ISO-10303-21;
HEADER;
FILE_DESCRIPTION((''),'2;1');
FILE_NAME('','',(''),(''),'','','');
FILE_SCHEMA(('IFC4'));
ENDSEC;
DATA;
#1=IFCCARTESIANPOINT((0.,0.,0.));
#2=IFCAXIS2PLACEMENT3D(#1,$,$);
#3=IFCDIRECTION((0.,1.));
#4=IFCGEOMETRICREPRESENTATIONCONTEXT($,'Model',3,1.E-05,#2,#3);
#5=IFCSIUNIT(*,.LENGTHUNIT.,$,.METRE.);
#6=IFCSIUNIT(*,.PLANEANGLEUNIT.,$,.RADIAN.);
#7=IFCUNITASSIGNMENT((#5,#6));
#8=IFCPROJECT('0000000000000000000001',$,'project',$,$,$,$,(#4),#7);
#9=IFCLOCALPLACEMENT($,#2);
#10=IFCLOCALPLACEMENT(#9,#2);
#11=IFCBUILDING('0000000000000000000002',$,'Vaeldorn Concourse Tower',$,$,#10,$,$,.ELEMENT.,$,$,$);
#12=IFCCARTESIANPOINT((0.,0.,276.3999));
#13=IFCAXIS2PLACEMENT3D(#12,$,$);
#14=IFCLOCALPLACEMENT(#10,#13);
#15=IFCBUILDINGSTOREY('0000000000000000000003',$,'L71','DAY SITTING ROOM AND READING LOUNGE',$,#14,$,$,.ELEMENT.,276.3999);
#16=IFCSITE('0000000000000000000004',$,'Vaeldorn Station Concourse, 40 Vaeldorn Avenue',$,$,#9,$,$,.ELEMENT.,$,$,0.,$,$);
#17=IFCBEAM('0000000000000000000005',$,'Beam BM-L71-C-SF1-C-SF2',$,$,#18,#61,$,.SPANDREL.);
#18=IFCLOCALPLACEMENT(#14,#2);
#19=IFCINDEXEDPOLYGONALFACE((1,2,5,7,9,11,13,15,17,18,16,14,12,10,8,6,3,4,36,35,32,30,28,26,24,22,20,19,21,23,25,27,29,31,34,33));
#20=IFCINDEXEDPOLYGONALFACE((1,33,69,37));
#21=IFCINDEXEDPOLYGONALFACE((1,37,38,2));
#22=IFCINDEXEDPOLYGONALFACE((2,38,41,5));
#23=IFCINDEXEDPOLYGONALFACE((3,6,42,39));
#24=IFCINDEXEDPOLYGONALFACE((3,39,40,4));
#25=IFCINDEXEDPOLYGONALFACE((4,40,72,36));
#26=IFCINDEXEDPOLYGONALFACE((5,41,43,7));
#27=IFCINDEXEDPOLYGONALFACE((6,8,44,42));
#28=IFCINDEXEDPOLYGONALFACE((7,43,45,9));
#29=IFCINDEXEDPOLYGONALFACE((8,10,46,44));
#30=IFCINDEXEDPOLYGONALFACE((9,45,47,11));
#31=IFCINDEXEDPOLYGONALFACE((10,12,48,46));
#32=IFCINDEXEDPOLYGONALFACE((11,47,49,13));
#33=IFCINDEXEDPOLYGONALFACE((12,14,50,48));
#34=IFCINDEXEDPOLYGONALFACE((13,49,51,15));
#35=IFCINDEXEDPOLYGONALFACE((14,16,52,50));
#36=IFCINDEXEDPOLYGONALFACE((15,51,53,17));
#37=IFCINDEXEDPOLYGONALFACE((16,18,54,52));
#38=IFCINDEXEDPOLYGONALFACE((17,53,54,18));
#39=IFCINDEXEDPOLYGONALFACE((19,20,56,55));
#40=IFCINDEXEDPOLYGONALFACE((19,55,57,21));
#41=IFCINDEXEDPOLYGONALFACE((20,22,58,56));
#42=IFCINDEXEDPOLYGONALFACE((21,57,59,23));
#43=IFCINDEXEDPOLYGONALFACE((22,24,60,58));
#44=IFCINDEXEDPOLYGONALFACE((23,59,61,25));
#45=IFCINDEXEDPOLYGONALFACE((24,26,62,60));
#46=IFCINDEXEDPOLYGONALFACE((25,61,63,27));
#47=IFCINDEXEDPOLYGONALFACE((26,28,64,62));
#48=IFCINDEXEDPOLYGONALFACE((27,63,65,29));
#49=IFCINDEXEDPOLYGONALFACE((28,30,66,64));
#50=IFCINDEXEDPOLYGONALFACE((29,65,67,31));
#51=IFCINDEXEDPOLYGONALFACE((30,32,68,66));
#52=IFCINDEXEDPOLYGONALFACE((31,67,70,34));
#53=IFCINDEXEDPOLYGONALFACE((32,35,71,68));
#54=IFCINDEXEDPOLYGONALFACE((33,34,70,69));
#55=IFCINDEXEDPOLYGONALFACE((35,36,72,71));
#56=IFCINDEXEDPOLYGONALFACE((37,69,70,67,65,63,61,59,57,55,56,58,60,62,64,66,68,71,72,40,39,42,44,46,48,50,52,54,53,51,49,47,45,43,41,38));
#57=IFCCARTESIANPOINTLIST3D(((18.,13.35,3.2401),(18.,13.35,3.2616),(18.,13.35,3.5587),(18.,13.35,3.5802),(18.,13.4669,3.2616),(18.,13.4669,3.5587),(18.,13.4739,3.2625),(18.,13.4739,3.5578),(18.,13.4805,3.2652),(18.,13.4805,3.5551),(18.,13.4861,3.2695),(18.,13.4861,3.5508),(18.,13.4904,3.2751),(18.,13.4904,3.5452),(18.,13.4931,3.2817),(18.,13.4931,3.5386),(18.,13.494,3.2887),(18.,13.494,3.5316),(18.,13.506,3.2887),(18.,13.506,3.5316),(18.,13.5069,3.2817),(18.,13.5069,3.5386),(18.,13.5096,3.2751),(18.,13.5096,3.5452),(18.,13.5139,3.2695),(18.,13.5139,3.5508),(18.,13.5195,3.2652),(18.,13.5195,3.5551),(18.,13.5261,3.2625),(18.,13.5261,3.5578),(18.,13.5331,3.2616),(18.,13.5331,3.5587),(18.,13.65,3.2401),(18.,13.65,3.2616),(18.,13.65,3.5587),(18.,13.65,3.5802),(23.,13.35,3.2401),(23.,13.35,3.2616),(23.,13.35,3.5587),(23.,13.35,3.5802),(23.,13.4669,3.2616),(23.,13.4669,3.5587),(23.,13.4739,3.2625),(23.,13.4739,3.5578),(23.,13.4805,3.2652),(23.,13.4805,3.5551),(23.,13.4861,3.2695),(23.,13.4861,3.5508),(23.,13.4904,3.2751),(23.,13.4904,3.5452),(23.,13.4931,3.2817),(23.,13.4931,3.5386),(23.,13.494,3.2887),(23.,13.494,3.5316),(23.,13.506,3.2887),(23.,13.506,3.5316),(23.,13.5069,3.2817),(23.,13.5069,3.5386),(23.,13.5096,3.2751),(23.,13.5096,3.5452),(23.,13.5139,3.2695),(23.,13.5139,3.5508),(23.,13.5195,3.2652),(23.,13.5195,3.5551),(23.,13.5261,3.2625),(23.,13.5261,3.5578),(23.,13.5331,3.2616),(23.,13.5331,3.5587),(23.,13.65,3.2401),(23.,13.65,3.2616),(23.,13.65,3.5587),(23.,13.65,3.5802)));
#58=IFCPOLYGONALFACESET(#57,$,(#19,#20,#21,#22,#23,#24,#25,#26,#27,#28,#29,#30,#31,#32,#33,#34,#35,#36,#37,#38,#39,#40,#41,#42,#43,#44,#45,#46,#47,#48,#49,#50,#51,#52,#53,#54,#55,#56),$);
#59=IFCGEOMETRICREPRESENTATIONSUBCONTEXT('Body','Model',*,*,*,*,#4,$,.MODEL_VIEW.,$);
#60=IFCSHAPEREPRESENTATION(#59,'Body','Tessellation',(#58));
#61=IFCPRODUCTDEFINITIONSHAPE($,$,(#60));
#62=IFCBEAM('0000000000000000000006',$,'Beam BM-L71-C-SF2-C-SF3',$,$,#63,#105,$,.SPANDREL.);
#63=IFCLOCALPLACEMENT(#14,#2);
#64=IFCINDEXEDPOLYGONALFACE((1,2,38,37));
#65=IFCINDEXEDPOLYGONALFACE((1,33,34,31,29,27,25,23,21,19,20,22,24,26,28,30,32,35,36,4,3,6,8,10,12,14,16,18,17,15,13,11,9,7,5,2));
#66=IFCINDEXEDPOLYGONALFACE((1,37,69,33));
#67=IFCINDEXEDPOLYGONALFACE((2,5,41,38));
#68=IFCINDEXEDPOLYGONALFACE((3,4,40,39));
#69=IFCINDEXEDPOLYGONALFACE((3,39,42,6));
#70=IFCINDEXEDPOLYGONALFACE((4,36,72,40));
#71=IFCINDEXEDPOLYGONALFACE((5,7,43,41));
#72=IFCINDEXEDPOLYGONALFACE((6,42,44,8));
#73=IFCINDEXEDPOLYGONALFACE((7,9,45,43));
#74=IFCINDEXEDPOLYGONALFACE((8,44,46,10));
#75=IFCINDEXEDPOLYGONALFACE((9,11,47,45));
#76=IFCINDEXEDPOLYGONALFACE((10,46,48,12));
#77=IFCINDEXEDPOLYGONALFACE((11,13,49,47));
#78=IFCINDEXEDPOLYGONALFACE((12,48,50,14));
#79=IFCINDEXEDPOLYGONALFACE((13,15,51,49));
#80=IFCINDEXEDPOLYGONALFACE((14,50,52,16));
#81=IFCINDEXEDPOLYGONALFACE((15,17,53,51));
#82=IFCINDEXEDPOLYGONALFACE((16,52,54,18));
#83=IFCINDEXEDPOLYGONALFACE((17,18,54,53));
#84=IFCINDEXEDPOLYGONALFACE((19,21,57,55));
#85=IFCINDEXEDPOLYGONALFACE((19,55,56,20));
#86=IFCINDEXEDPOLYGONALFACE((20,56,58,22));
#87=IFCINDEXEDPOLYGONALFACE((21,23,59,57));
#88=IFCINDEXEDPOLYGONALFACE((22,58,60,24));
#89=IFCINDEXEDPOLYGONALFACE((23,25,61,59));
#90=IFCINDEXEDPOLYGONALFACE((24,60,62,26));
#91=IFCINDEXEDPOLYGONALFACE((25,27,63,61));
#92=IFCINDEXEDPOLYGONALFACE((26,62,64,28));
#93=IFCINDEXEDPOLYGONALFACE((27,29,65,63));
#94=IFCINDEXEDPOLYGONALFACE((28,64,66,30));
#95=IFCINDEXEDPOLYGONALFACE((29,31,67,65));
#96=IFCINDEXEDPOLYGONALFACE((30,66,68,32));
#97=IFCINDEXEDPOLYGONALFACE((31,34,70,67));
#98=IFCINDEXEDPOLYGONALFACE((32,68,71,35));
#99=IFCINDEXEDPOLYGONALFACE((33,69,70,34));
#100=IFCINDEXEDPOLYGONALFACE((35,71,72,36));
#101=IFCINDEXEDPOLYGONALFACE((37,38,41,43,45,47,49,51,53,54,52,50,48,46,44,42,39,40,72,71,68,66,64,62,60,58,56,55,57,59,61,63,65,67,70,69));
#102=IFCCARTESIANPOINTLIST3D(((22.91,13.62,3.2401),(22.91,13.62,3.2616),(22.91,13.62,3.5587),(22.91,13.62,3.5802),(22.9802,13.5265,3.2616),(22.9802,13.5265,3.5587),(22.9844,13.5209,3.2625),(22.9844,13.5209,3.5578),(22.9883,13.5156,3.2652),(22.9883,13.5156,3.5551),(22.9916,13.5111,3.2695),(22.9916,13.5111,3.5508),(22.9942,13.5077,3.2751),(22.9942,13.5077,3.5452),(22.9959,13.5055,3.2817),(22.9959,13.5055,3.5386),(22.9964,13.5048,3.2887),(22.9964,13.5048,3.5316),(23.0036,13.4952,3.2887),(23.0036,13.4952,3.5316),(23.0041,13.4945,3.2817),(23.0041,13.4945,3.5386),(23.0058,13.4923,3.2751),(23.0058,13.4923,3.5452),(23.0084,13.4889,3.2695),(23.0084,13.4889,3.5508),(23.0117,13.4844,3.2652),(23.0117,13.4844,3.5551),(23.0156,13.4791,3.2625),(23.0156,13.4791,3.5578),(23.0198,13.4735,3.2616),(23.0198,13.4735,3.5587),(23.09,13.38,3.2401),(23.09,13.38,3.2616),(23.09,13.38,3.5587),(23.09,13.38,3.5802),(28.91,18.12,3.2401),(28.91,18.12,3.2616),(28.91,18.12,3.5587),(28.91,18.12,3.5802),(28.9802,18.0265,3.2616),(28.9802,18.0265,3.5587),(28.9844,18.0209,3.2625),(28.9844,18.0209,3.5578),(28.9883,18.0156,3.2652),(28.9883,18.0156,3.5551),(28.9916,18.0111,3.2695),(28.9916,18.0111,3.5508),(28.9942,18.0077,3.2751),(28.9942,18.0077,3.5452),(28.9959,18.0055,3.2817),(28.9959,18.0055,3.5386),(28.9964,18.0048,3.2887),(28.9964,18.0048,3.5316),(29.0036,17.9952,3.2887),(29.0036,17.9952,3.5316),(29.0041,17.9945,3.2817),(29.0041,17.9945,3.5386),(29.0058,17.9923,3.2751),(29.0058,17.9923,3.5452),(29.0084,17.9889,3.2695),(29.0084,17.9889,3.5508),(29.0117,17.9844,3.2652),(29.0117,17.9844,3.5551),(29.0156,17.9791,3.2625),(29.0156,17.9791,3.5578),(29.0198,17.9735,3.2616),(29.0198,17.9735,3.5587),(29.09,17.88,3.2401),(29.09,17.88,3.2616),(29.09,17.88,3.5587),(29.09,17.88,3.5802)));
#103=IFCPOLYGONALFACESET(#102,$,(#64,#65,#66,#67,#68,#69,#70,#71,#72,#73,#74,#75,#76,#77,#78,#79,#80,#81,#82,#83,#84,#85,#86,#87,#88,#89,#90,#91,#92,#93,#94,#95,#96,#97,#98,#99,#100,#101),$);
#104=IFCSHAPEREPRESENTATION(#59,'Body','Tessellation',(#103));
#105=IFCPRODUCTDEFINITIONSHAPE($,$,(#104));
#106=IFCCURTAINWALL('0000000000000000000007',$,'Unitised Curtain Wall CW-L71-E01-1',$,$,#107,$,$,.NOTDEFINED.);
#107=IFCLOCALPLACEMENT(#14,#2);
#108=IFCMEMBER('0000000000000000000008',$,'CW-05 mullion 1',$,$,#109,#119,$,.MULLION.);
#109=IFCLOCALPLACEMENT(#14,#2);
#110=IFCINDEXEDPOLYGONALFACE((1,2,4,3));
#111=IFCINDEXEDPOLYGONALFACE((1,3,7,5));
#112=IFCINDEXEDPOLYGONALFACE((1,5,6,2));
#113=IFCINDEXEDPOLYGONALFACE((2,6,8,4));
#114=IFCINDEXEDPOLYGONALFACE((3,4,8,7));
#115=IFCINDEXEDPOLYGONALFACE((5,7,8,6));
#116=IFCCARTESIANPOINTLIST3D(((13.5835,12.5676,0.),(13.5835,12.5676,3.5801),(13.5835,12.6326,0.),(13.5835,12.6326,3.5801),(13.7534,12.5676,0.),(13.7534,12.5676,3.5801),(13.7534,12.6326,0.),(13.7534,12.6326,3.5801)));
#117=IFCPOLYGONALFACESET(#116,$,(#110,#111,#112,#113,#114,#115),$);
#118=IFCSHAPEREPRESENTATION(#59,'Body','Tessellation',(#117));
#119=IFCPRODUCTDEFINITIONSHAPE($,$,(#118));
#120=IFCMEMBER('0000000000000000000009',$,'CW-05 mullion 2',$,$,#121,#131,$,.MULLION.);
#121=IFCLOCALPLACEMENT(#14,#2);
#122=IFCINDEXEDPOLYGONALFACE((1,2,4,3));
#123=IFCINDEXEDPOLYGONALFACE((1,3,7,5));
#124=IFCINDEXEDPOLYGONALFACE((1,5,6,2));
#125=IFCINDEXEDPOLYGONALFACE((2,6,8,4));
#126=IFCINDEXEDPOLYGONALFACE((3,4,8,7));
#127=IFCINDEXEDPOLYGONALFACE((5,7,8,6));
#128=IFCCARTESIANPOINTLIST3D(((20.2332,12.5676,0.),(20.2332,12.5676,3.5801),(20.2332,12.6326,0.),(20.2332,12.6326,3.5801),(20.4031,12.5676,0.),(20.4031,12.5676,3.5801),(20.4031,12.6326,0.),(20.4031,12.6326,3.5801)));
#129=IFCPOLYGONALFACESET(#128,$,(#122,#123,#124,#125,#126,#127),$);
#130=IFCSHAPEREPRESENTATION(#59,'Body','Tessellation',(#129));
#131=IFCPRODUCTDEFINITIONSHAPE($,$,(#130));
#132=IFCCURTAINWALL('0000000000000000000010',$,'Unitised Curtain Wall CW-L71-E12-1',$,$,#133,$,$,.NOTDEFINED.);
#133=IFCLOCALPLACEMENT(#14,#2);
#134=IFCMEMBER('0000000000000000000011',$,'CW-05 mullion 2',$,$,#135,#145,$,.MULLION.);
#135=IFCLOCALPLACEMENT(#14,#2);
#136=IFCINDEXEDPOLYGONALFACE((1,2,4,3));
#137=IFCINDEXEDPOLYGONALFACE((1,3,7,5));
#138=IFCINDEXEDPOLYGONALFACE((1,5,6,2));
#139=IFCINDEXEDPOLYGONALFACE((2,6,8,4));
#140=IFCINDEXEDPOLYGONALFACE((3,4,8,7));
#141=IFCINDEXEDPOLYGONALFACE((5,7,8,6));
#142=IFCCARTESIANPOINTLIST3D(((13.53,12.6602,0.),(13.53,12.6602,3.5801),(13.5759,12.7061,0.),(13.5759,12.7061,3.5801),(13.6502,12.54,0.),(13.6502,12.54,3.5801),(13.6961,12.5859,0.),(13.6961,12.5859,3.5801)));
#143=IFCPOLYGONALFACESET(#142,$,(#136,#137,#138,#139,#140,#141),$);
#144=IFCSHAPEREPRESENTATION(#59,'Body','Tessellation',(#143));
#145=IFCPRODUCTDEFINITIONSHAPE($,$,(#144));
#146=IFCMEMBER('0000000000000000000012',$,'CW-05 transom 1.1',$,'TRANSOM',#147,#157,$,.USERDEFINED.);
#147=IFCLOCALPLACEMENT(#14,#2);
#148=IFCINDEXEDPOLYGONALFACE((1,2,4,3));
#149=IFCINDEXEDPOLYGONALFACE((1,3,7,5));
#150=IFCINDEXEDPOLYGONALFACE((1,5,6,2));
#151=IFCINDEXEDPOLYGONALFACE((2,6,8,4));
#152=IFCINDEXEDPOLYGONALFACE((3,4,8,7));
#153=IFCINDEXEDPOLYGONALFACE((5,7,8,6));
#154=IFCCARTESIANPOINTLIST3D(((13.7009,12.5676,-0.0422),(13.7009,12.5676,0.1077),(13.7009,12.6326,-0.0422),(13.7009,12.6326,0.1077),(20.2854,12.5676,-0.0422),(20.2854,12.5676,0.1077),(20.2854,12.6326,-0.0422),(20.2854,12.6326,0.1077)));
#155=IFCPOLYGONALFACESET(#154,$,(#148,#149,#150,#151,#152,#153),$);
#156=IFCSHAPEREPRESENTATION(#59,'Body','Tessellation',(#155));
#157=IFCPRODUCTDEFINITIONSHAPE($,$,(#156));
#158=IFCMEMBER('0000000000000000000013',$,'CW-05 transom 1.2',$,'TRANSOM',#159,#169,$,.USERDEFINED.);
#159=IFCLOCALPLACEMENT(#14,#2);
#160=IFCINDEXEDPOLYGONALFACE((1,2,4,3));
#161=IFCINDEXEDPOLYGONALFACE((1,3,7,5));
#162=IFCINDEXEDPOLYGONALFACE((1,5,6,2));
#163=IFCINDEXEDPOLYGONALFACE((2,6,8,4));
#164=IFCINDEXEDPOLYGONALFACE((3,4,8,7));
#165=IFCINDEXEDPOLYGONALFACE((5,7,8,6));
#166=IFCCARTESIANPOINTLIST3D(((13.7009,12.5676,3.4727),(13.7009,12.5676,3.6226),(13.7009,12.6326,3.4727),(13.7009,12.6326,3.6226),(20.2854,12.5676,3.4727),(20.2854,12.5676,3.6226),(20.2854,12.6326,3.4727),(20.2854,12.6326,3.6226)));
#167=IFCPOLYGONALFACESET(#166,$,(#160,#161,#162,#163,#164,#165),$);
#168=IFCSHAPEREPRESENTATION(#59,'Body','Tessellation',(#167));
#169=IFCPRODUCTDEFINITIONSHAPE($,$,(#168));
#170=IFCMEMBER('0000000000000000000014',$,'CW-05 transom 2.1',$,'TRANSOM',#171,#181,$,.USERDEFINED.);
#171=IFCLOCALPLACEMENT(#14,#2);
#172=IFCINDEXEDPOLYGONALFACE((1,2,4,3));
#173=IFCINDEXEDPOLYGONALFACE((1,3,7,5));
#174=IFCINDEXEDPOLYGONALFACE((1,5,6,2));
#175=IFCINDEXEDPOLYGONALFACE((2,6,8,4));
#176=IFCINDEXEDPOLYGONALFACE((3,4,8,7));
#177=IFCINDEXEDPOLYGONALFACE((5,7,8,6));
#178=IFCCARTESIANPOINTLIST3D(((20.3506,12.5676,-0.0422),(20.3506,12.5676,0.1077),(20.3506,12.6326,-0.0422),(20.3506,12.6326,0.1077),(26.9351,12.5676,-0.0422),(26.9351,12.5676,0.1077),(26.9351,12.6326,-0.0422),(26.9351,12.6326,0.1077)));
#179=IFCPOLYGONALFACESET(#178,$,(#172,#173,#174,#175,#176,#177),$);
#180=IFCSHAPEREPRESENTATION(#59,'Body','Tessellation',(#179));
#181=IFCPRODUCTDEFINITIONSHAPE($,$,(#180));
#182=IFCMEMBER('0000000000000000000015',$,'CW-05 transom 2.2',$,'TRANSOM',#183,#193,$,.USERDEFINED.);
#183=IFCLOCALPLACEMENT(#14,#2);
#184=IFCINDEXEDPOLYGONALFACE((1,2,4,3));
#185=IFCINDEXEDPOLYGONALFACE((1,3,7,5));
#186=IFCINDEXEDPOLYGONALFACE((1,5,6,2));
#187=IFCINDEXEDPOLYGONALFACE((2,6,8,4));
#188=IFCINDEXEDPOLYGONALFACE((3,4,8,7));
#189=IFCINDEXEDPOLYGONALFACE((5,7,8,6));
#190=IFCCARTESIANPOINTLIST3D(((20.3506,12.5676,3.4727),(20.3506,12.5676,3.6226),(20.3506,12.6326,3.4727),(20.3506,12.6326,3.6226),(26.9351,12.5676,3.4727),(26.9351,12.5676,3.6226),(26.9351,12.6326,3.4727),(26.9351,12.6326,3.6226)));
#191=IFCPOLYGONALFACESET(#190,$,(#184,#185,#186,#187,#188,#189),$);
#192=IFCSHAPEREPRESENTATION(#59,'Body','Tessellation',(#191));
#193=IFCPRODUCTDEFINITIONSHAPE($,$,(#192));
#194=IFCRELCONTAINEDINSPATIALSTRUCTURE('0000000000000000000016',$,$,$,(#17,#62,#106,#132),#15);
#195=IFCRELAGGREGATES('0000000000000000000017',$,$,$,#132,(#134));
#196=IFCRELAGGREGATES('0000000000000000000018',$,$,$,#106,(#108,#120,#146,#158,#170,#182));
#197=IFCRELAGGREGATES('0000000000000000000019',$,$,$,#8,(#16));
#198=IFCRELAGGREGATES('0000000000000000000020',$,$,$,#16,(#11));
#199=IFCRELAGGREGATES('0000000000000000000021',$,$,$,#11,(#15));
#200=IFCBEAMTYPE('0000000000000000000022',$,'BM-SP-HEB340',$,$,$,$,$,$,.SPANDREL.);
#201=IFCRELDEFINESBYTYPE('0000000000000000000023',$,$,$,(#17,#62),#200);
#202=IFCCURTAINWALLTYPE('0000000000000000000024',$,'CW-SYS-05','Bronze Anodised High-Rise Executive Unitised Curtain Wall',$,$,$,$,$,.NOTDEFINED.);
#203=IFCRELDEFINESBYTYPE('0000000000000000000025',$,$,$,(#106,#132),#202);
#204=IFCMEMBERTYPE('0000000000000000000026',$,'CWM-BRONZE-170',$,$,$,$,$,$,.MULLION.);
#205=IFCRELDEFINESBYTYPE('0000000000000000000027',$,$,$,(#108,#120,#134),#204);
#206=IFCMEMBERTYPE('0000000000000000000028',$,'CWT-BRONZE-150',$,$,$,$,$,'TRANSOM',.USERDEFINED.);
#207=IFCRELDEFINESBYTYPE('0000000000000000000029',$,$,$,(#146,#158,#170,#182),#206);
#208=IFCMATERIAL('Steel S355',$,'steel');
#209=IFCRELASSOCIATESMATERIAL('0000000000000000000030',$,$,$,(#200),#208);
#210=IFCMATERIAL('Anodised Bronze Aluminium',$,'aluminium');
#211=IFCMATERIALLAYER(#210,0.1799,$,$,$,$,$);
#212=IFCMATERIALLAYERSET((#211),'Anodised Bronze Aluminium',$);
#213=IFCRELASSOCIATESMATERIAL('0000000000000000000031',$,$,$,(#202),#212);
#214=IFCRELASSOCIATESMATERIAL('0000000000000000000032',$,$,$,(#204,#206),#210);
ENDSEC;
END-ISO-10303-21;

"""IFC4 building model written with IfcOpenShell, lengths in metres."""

from ifc_helpers import new_model, si_unit, direction, frame, origin, origin_2d, place, context, subcontext, project, spatial, rectangle, i_section, extrude, source, transform, mapped, material, layer, layer_set, material_profile, profile_set, type_object, element, aggregate, save


model = new_model("IFC4")

# Units and contexts
model_context = context("Model", 3, precision=1e-05, world=origin(), true_north=direction((0.0, 1.0)))
body_context = subcontext(model_context, "Body", "Model", "MODEL_VIEW")
ifc_project = project(units=[si_unit("LENGTHUNIT", "METRE"), si_unit("PLANEANGLEUNIT", "RADIAN")], contexts=[model_context])

# Site, building, storey
site_placement = place(None, origin())
site = spatial("IfcSite", under=ifc_project, at=site_placement, Name="Vaeldorn Station Concourse, 40 Vaeldorn Avenue", CompositionType="ELEMENT", RefElevation=0.0)
building_placement = place(site_placement, origin())
building = spatial("IfcBuilding", under=site, at=building_placement, Name="Vaeldorn Concourse Tower", CompositionType="ELEMENT")
storey_placement = place(building_placement, frame((0.0, 0.0, 276.3999)))
storey = spatial("IfcBuildingStorey", under=building, at=storey_placement, Name="L71", Description="DAY SITTING ROOM AND READING LOUNGE", CompositionType="ELEMENT", Elevation=276.3999)

# Shared definitions
ifc_material_1 = material(Name="Steel S355", Category="steel")

# Beams
ifc_material_profile_1 = material_profile(ifc_material_1, i_section(OverallWidth=0.3, OverallDepth=0.3401, WebThickness=0.012, FlangeThickness=0.0215, FilletRadius=0.0271, at=origin_2d()), Name="HEB 340")
ifc_profile_set_1 = profile_set([ifc_material_profile_1], Name="Steel S355")
beam_type_1 = type_object("IfcBeamType", Name="BM-SP-HEB340", PredefinedType="SPANDREL", material=ifc_profile_set_1)
shared_shape_1 = source(origin(), body_context, "Body", "SweptSolid", [
    extrude(i_section(OverallWidth=0.3, OverallDepth=0.3401, WebThickness=0.012, FlangeThickness=0.0215, FilletRadius=0.0271, at=origin_2d()), origin(), (0.0, 0.0, 1.0), 5.0),
])
beam_1_placement = place(storey_placement, frame((18.0, 13.5, 3.4102), z_axis=(1.0, 0.0, 0.0), x_axis=(0.0, 1.0, 0.0)))
element("IfcBeam", 1, at=beam_1_placement, inside=storey, type_object=beam_type_1, Name="Beam BM-L71-C-SF1-C-SF2", PredefinedType="SPANDREL", context=body_context, shape_type="MappedRepresentation", body=[
    mapped(shared_shape_1, transform((0.0, 0.0, 0.0), scale=1.0)),
])
shared_shape_2 = source(origin(), body_context, "Body", "SweptSolid", [
    extrude(i_section(OverallWidth=0.3, OverallDepth=0.3401, WebThickness=0.012, FlangeThickness=0.0215, FilletRadius=0.0271, at=origin_2d()), origin(), (0.0, 0.0, 1.0), 7.5),
])
beam_2_placement = place(storey_placement, frame((23.0, 13.5, 3.4102), z_axis=(0.8, 0.6, 0.0), x_axis=(-0.6, 0.8, 0.0)))
element("IfcBeam", 2, at=beam_2_placement, inside=storey, type_object=beam_type_1, Name="Beam BM-L71-C-SF2-C-SF3", PredefinedType="SPANDREL", context=body_context, shape_type="MappedRepresentation", body=[
    mapped(shared_shape_2, transform((0.0, 0.0, 0.0), scale=1.0)),
])

# Curtain wall, members
ifc_material_2 = material(Name="Anodised Bronze Aluminium", Category="aluminium")
ifc_layer_1 = layer(ifc_material_2, 0.1799)
ifc_layer_set_1 = layer_set([ifc_layer_1], Name="Anodised Bronze Aluminium")
curtain_wall_type = type_object("IfcCurtainWallType", Name="CW-SYS-05", Description="Bronze Anodised High-Rise Executive Unitised Curtain Wall", PredefinedType="NOTDEFINED", material=ifc_layer_set_1)
curtain_wall_1_placement = place(storey_placement, origin())
curtain_wall_1 = element("IfcCurtainWall", 3, at=curtain_wall_1_placement, inside=storey, type_object=curtain_wall_type, Name="Unitised Curtain Wall CW-L71-E01-1", PredefinedType="NOTDEFINED")
ifc_material_profile_2 = material_profile(ifc_material_2, rectangle(XDim=0.0649, YDim=0.1699, at=origin_2d()), Name="CWM 65x170")
ifc_profile_set_2 = profile_set([ifc_material_profile_2], Name="Anodised Bronze Aluminium")
member_type_1 = type_object("IfcMemberType", Name="CWM-BRONZE-170", PredefinedType="MULLION", material=ifc_profile_set_2)
shared_shape_3 = source(origin(), body_context, "Body", "SweptSolid", [
    extrude(rectangle(XDim=0.0649, YDim=0.1699, at=origin_2d()), origin(), (0.0, 0.0, 1.0), 3.5801),
])
member_1_placement = place(storey_placement, frame((13.6685, 12.6001, 0.0), z_axis=(0.0, 0.0, 1.0), x_axis=(0.0, 1.0, 0.0)))
member_1 = element("IfcMember", 4, at=member_1_placement, type_object=member_type_1, Name="CW-05 mullion 1", PredefinedType="MULLION", context=body_context, shape_type="MappedRepresentation", body=[
    mapped(shared_shape_3, transform((0.0, 0.0, 0.0), scale=1.0)),
])
member_2_placement = place(storey_placement, frame((20.3181, 12.6001, 0.0), z_axis=(0.0, 0.0, 1.0), x_axis=(0.0, 1.0, 0.0)))
member_2 = element("IfcMember", 5, at=member_2_placement, type_object=member_type_1, Name="CW-05 mullion 2", PredefinedType="MULLION", context=body_context, shape_type="MappedRepresentation", body=[
    mapped(shared_shape_3, transform((0.0, 0.0, 0.0), scale=1.0)),
])

# Curtain wall, member
curtain_wall_2_placement = place(storey_placement, origin())
curtain_wall_2 = element("IfcCurtainWall", 6, at=curtain_wall_2_placement, inside=storey, type_object=curtain_wall_type, Name="Unitised Curtain Wall CW-L71-E12-1", PredefinedType="NOTDEFINED")
member_3_placement = place(storey_placement, frame((13.613, 12.623, 0.0), z_axis=(0.0, 0.0, 1.0), x_axis=(0.707107, 0.707107, 0.0)))
member_3 = element("IfcMember", 7, at=member_3_placement, type_object=member_type_1, Name="CW-05 mullion 2", PredefinedType="MULLION", context=body_context, shape_type="MappedRepresentation", body=[
    mapped(shared_shape_3, transform((0.0, 0.0, 0.0), scale=1.0)),
])

# Members
ifc_material_profile_3 = material_profile(ifc_material_2, rectangle(XDim=0.0649, YDim=0.1499, at=origin_2d()), Name="CWT 65x150")
ifc_profile_set_3 = profile_set([ifc_material_profile_3], Name="Anodised Bronze Aluminium")
member_type_2 = type_object("IfcMemberType", Name="CWT-BRONZE-150", ElementType="TRANSOM", PredefinedType="USERDEFINED", material=ifc_profile_set_3)
shared_shape_4 = source(origin(), body_context, "Body", "SweptSolid", [
    extrude(rectangle(XDim=0.0649, YDim=0.1499, at=origin_2d()), origin(), (0.0, 0.0, 1.0), 6.5845),
])
member_4_placement = place(storey_placement, frame((13.7009, 12.6001, 0.0327), z_axis=(1.0, 0.0, 0.0), x_axis=(0.0, 1.0, 0.0)))
member_4 = element("IfcMember", 8, at=member_4_placement, type_object=member_type_2, Name="CW-05 transom 1.1", ObjectType="TRANSOM", PredefinedType="USERDEFINED", context=body_context, shape_type="MappedRepresentation", body=[
    mapped(shared_shape_4, transform((0.0, 0.0, 0.0), scale=1.0)),
])
member_5_placement = place(storey_placement, frame((13.7009, 12.6001, 3.5476), z_axis=(1.0, 0.0, 0.0), x_axis=(0.0, 1.0, 0.0)))
member_5 = element("IfcMember", 9, at=member_5_placement, type_object=member_type_2, Name="CW-05 transom 1.2", ObjectType="TRANSOM", PredefinedType="USERDEFINED", context=body_context, shape_type="MappedRepresentation", body=[
    mapped(shared_shape_4, transform((0.0, 0.0, 0.0), scale=1.0)),
])
member_6_placement = place(storey_placement, frame((20.3506, 12.6001, 0.0327), z_axis=(1.0, 0.0, 0.0), x_axis=(0.0, 1.0, 0.0)))
member_6 = element("IfcMember", 10, at=member_6_placement, type_object=member_type_2, Name="CW-05 transom 2.1", ObjectType="TRANSOM", PredefinedType="USERDEFINED", context=body_context, shape_type="MappedRepresentation", body=[
    mapped(shared_shape_4, transform((0.0, 0.0, 0.0), scale=1.0)),
])
member_7_placement = place(storey_placement, frame((20.3506, 12.6001, 3.5476), z_axis=(1.0, 0.0, 0.0), x_axis=(0.0, 1.0, 0.0)))
member_7 = element("IfcMember", 11, at=member_7_placement, type_object=member_type_2, Name="CW-05 transom 2.2", ObjectType="TRANSOM", PredefinedType="USERDEFINED", context=body_context, shape_type="MappedRepresentation", body=[
    mapped(shared_shape_4, transform((0.0, 0.0, 0.0), scale=1.0)),
])

aggregate(curtain_wall_2, [member_3])
aggregate(curtain_wall_1, [member_1, member_2, member_4, member_5, member_6, member_7])

save(model, "model.ifc")
